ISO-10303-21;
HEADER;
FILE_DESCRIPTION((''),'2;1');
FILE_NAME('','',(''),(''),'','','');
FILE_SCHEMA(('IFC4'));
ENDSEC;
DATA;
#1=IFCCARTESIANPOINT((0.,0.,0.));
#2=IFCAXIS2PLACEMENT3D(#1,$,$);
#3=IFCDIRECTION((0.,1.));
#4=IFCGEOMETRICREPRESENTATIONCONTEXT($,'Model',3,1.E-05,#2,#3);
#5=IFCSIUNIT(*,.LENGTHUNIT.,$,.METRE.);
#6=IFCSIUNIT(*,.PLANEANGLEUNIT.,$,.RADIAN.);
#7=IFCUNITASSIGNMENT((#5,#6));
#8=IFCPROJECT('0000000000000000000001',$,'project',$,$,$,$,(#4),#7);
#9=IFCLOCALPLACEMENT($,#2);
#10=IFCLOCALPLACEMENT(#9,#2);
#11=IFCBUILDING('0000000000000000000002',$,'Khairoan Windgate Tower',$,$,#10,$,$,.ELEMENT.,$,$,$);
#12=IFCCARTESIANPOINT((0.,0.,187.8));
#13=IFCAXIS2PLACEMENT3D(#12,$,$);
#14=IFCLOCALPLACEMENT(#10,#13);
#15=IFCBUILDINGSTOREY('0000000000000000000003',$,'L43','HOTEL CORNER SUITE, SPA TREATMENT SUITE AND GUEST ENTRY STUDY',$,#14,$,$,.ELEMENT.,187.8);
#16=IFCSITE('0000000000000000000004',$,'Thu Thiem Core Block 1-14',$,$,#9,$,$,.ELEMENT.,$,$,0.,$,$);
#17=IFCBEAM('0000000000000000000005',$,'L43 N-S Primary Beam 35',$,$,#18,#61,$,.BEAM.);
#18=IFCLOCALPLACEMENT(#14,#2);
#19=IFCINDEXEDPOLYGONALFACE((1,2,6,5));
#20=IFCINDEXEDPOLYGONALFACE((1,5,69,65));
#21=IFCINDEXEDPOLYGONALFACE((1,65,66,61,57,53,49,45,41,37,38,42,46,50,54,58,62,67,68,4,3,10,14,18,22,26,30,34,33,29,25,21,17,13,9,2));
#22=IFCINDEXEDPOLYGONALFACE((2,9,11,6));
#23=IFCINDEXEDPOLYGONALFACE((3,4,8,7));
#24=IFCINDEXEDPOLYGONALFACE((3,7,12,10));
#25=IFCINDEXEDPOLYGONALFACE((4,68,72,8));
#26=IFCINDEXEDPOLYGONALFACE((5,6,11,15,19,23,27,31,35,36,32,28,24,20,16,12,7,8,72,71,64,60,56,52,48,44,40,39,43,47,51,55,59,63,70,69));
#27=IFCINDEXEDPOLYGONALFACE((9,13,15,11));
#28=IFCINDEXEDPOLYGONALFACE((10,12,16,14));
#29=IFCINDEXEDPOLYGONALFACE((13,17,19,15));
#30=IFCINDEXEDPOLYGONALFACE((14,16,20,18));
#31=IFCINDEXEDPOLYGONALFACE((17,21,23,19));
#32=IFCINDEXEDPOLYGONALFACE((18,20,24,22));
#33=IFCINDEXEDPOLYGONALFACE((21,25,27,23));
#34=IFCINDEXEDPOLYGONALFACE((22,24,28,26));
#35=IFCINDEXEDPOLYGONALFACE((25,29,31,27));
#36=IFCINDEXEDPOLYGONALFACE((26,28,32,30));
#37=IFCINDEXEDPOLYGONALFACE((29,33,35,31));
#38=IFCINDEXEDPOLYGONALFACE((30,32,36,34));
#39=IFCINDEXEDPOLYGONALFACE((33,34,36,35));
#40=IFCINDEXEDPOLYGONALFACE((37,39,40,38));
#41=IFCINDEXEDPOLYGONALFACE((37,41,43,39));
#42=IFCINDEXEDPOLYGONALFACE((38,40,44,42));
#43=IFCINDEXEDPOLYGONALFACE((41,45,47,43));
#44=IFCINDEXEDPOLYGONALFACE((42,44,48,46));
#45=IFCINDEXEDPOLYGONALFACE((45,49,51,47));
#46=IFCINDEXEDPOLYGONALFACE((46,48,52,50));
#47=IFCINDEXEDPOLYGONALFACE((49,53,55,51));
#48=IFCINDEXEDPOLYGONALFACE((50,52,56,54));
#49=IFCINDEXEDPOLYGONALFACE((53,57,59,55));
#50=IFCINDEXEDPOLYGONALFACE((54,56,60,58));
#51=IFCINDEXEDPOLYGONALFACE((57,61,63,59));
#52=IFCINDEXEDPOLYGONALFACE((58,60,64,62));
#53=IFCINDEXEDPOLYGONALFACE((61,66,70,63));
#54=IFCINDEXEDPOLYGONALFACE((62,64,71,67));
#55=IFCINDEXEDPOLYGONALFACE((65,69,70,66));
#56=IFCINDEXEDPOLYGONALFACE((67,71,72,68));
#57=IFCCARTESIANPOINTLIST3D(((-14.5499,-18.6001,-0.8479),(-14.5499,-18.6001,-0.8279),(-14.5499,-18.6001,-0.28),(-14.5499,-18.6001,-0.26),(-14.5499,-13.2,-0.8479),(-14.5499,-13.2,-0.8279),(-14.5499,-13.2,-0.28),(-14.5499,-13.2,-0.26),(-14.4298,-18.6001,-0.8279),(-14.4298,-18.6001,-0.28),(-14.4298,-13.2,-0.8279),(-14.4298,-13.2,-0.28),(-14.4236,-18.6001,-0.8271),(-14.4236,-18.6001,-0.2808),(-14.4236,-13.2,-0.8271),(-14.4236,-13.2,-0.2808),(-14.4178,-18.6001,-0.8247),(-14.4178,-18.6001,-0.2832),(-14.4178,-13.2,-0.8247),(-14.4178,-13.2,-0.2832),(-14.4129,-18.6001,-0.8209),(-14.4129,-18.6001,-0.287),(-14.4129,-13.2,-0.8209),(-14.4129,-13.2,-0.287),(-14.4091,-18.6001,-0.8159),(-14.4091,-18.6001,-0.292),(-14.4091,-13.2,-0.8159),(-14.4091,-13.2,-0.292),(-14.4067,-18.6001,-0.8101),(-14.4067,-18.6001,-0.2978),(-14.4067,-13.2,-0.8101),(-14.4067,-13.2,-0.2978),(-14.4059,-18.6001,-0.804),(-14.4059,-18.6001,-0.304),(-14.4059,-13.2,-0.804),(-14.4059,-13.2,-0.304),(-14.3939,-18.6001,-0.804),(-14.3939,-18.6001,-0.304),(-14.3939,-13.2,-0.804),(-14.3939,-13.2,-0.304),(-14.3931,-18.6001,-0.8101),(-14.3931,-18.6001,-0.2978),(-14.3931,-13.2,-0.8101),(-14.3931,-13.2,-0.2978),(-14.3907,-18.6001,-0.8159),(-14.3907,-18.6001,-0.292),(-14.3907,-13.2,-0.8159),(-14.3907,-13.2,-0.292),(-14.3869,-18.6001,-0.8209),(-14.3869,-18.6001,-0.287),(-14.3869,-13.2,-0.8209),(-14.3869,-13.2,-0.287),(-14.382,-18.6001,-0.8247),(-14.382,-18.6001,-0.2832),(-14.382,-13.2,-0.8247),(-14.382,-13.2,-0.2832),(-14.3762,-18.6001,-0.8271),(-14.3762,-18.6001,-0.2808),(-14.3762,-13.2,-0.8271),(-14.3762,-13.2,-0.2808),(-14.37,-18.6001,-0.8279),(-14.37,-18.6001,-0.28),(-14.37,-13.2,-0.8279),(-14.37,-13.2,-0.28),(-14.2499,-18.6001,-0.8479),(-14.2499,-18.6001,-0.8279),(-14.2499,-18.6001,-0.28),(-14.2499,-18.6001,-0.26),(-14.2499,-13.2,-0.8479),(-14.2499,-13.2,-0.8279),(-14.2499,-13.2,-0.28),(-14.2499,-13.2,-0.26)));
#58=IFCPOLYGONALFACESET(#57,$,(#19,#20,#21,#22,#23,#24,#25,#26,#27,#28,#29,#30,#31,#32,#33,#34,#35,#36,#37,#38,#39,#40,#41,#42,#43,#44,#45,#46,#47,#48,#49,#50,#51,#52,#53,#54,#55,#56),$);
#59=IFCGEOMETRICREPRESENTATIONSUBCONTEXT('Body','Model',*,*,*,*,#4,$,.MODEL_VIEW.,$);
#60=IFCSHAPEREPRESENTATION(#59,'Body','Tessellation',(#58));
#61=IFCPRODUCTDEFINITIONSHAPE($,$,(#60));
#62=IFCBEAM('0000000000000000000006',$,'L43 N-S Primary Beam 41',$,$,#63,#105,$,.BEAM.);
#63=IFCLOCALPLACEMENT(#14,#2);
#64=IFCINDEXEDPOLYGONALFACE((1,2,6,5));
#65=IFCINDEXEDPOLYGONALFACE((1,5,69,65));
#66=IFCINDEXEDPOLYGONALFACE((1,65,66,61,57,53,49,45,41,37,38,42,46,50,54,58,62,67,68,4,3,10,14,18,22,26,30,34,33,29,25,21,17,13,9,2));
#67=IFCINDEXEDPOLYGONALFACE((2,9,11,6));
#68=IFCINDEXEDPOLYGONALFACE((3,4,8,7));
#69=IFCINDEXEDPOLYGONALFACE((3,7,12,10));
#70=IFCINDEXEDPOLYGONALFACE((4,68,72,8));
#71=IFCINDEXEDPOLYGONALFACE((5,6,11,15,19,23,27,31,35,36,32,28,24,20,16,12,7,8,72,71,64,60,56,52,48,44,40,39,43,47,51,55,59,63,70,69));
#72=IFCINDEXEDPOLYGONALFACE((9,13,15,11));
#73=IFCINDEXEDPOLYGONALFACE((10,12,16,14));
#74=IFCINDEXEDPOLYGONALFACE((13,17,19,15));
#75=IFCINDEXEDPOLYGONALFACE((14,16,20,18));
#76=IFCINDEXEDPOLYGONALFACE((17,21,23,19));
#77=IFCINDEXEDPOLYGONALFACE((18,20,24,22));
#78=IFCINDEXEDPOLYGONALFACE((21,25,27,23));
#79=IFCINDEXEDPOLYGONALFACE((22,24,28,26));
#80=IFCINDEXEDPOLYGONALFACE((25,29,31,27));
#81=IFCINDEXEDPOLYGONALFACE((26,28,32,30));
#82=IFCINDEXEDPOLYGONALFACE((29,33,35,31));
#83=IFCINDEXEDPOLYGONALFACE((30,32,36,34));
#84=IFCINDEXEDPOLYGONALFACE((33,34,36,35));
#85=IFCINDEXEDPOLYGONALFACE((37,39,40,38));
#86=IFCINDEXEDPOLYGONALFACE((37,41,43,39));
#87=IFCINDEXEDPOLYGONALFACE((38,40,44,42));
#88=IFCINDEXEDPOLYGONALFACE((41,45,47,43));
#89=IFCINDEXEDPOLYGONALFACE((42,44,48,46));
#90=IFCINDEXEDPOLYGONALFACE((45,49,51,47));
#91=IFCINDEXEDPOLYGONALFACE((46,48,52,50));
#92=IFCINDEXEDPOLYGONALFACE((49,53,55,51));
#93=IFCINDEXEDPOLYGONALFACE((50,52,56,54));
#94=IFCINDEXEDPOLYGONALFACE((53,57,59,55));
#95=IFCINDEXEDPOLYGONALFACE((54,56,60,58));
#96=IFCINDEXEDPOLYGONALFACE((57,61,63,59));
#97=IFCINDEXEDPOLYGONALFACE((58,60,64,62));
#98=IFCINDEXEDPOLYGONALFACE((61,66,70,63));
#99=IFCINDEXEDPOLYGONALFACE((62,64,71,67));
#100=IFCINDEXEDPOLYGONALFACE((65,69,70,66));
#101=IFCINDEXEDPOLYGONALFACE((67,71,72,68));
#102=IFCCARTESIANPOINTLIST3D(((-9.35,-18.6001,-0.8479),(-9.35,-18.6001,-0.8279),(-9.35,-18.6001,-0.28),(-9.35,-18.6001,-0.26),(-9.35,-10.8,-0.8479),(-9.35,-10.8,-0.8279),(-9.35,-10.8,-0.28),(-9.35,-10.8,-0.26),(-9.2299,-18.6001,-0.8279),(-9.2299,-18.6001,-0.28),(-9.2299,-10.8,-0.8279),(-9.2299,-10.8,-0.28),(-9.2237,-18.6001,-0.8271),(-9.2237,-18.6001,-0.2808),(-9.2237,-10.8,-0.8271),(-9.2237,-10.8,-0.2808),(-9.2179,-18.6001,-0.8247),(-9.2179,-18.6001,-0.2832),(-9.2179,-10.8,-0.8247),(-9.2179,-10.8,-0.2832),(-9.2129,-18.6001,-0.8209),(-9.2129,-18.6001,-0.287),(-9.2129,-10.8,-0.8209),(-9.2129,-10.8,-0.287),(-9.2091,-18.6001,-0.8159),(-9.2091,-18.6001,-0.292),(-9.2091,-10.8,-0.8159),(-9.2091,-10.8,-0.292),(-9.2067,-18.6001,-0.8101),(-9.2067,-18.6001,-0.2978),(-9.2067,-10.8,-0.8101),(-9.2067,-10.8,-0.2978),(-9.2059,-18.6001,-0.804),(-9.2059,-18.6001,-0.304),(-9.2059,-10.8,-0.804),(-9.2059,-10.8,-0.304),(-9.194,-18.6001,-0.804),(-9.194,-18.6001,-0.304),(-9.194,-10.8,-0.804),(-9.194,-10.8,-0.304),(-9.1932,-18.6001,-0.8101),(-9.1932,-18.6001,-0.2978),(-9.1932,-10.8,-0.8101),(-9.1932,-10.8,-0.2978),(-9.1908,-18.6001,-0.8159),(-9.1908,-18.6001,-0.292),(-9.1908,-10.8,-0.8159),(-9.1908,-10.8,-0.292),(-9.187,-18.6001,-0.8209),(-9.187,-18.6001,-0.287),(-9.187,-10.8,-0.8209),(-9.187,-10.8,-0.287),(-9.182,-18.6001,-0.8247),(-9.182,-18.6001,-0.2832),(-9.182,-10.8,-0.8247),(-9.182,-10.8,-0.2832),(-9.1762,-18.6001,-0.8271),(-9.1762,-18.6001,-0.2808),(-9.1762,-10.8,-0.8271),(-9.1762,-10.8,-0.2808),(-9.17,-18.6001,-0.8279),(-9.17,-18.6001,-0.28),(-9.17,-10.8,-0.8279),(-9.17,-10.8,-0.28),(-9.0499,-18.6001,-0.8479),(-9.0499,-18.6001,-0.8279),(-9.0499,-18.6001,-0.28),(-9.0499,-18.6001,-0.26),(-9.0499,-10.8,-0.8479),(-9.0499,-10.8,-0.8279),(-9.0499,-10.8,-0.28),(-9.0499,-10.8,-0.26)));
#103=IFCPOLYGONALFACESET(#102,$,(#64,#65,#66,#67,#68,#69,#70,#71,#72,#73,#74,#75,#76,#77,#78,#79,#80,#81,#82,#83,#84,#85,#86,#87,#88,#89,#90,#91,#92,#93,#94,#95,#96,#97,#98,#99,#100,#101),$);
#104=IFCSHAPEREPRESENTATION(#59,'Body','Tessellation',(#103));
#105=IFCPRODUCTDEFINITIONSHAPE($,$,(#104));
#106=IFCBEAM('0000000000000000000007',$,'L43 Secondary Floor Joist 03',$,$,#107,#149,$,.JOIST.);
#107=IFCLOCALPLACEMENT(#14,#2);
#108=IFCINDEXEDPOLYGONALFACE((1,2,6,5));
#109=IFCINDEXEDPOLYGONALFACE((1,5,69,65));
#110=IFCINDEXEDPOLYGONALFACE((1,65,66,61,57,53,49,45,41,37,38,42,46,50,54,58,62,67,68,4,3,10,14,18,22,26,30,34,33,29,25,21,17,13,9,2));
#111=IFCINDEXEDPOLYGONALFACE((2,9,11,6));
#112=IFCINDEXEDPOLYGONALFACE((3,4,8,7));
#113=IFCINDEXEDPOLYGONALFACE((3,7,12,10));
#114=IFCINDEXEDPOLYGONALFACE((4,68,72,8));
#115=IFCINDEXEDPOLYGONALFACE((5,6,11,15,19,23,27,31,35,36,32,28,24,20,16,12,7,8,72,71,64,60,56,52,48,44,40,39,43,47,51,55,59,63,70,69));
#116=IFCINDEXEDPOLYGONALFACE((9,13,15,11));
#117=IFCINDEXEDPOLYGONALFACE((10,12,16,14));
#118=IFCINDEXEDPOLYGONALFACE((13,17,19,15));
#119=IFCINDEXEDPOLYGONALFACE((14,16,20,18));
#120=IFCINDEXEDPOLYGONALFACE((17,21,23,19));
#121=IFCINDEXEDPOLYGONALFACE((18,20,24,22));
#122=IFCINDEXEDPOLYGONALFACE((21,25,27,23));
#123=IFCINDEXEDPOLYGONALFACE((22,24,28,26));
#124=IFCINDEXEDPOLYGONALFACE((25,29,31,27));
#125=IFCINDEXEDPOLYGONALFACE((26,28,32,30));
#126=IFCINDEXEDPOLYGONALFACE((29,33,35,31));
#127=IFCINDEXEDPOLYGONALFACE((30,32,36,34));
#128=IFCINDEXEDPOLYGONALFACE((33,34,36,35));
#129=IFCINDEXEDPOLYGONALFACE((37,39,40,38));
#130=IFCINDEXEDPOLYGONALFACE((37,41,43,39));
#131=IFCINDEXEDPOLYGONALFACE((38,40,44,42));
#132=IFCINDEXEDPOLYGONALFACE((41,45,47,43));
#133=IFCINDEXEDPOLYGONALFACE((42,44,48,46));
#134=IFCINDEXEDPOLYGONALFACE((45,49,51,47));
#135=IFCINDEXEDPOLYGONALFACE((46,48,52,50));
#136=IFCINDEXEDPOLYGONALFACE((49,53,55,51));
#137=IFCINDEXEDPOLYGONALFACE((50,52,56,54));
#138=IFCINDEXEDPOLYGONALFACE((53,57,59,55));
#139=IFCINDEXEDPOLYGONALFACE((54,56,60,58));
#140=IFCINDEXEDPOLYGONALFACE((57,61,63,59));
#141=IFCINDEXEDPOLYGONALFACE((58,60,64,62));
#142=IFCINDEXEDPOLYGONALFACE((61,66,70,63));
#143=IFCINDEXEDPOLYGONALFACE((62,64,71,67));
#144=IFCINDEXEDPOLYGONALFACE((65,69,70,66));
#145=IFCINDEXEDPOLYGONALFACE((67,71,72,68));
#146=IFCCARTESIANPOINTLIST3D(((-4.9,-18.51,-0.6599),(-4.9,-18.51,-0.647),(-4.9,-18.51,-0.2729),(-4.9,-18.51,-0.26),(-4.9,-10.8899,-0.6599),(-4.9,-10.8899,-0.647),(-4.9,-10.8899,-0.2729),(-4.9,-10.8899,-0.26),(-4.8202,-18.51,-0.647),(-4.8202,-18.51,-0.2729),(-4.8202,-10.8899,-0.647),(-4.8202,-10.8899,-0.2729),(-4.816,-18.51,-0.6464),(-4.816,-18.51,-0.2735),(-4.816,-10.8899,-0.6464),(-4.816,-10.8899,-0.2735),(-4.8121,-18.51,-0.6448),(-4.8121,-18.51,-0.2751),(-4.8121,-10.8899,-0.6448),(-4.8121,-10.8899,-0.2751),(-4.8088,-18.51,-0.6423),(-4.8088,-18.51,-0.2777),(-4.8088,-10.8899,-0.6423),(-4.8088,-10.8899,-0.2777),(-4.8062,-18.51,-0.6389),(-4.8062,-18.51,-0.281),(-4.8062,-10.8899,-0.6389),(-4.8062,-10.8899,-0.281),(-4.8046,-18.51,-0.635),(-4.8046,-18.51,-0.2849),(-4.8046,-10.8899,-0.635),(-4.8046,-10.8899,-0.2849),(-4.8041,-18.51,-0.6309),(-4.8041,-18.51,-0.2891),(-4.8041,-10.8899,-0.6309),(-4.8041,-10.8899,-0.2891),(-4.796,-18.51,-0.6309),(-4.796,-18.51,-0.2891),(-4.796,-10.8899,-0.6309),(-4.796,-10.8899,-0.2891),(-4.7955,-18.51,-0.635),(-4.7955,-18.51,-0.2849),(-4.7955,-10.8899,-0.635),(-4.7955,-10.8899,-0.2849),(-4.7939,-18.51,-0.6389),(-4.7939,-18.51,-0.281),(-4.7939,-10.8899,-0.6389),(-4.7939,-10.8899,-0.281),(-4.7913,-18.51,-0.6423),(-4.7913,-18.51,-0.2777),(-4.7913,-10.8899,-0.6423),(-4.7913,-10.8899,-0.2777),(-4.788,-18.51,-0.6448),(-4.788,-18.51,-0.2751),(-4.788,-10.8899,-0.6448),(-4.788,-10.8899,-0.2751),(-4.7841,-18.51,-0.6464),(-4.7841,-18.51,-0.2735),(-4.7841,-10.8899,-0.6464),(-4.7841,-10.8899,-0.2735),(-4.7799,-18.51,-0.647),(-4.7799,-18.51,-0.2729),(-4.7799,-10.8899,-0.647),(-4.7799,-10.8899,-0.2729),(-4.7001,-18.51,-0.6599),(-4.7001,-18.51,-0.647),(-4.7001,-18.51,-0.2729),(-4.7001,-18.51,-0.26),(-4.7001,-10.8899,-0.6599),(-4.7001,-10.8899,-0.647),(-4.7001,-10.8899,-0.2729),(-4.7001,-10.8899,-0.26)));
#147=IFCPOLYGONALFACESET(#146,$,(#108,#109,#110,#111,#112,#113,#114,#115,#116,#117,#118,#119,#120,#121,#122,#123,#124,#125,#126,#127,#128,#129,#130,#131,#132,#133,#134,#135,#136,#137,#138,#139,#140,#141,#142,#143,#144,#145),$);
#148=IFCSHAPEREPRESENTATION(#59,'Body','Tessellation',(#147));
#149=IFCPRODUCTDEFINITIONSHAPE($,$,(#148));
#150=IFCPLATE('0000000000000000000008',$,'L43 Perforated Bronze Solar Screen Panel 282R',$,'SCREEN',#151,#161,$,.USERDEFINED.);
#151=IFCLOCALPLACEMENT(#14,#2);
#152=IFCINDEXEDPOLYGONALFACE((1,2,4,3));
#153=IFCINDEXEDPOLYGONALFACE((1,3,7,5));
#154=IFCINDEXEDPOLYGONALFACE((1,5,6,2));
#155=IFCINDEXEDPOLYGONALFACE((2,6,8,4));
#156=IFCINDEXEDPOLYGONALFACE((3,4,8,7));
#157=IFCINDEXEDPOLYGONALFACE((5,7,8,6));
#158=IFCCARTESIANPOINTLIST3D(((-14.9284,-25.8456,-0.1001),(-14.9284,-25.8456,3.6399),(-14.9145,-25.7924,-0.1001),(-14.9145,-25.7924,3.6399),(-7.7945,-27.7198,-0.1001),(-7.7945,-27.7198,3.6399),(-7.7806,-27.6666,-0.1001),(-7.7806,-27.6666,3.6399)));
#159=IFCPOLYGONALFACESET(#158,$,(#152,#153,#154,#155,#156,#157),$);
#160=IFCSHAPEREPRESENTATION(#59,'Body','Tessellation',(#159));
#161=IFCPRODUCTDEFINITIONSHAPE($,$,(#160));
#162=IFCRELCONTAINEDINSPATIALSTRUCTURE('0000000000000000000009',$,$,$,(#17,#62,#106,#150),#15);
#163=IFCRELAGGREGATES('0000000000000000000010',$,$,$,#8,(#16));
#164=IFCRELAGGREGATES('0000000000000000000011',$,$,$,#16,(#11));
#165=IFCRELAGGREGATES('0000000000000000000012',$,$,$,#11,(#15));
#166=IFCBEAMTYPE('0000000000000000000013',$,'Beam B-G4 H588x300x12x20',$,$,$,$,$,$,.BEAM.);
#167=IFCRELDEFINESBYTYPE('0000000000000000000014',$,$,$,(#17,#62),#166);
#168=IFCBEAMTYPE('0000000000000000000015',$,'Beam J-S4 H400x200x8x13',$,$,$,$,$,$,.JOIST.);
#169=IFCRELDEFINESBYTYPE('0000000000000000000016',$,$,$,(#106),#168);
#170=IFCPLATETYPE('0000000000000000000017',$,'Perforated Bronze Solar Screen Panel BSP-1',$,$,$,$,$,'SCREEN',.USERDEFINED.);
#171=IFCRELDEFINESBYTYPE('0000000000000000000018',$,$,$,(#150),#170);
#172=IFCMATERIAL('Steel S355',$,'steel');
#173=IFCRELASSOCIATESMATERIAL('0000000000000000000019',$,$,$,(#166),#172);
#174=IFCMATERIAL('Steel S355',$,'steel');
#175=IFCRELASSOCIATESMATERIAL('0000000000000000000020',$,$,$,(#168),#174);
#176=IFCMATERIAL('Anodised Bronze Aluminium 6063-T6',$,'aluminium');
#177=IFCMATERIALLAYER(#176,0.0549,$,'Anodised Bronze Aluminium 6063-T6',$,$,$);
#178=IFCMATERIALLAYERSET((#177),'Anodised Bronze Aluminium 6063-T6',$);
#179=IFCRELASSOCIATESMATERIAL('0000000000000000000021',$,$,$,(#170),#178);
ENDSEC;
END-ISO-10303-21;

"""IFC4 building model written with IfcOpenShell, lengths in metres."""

from ifc_helpers import new_model, si_unit, direction, frame, origin, origin_2d, place, context, subcontext, project, spatial, rectangle, i_section, extrude, material, layer, layer_set, material_profile, profile_set, type_object, element, save


model = new_model("IFC4")

# Units and contexts
model_context = context("Model", 3, precision=1e-05, world=origin(), true_north=direction((0.0, 1.0)))
body_context = subcontext(model_context, "Body", "Model", "MODEL_VIEW")
ifc_project = project(units=[si_unit("LENGTHUNIT", "METRE"), si_unit("PLANEANGLEUNIT", "RADIAN")], contexts=[model_context])

# Site, building, storey
site_placement = place(None, origin())
site = spatial("IfcSite", under=ifc_project, at=site_placement, Name="Thu Thiem Core Block 1-14", CompositionType="ELEMENT", RefElevation=0.0)
building_placement = place(site_placement, origin())
building = spatial("IfcBuilding", under=site, at=building_placement, Name="Khairoan Windgate Tower", CompositionType="ELEMENT")
storey_placement = place(building_placement, frame((0.0, 0.0, 187.8)))
storey = spatial("IfcBuildingStorey", under=building, at=storey_placement, Name="L43", Description="HOTEL CORNER SUITE, SPA TREATMENT SUITE AND GUEST ENTRY STUDY", CompositionType="ELEMENT", Elevation=187.8)

# Beams
ifc_material_1 = material(Name="Steel S355", Category="steel")
ifc_material_profile_1 = material_profile(ifc_material_1, i_section(OverallWidth=0.3, OverallDepth=0.5879, WebThickness=0.012, FlangeThickness=0.02, FilletRadius=0.0239, at=origin_2d()))
ifc_profile_set_1 = profile_set([ifc_material_profile_1], Name="Steel S355")
beam_type_1 = type_object("IfcBeamType", Name="Beam B-G4 H588x300x12x20", PredefinedType="BEAM", material=ifc_profile_set_1)
beam_1_placement = place(storey_placement, frame((-14.3999, -18.6001, -0.554), z_axis=(0.0, 1.0, 0.0), x_axis=(-1.0, 0.0, 0.0)))
element("IfcBeam", 1, at=beam_1_placement, inside=storey, type_object=beam_type_1, Name="L43 N-S Primary Beam 35", PredefinedType="BEAM", context=body_context, shape_type="SweptSolid", body=[
    extrude(i_section(OverallWidth=0.3, OverallDepth=0.5879, WebThickness=0.012, FlangeThickness=0.02, FilletRadius=0.0239, at=origin_2d()), origin(), (0.0, 0.0, 1.0), 5.4001),
])
beam_2_placement = place(storey_placement, frame((-9.2, -18.6001, -0.554), z_axis=(0.0, 1.0, 0.0), x_axis=(-1.0, 0.0, 0.0)))
element("IfcBeam", 2, at=beam_2_placement, inside=storey, type_object=beam_type_1, Name="L43 N-S Primary Beam 41", PredefinedType="BEAM", context=body_context, shape_type="SweptSolid", body=[
    extrude(i_section(OverallWidth=0.3, OverallDepth=0.5879, WebThickness=0.012, FlangeThickness=0.02, FilletRadius=0.0239, at=origin_2d()), origin(), (0.0, 0.0, 1.0), 7.8),
])
ifc_material_2 = material(Name="Steel S355", Category="steel")
ifc_material_profile_2 = material_profile(ifc_material_2, i_section(OverallWidth=0.2, OverallDepth=0.3999, WebThickness=0.0081, FlangeThickness=0.0129, FilletRadius=0.0161, at=origin_2d()))
ifc_profile_set_2 = profile_set([ifc_material_profile_2], Name="Steel S355")
beam_type_2 = type_object("IfcBeamType", Name="Beam J-S4 H400x200x8x13", PredefinedType="JOIST", material=ifc_profile_set_2)
beam_3_placement = place(storey_placement, frame((-4.8, -18.51, -0.46), z_axis=(0.0, 1.0, 0.0), x_axis=(-1.0, 0.0, 0.0)))
element("IfcBeam", 3, at=beam_3_placement, inside=storey, type_object=beam_type_2, Name="L43 Secondary Floor Joist 03", PredefinedType="JOIST", context=body_context, shape_type="SweptSolid", body=[
    extrude(i_section(OverallWidth=0.2, OverallDepth=0.3999, WebThickness=0.0081, FlangeThickness=0.0129, FilletRadius=0.0161, at=origin_2d()), origin(), (0.0, 0.0, 1.0), 7.6201),
])

# Plate
ifc_material_3 = material(Name="Anodised Bronze Aluminium 6063-T6", Category="aluminium")
ifc_layer_1 = layer(ifc_material_3, 0.0549, Name="Anodised Bronze Aluminium 6063-T6")
ifc_layer_set_1 = layer_set([ifc_layer_1], Name="Anodised Bronze Aluminium 6063-T6")
plate_type = type_object("IfcPlateType", Name="Perforated Bronze Solar Screen Panel BSP-1", ElementType="SCREEN", PredefinedType="USERDEFINED", material=ifc_layer_set_1)
plate_placement = place(storey_placement, frame((-11.3545, -26.7561, -0.1001), z_axis=(0.0, 0.0, 1.0), x_axis=(-0.967179, 0.254096, 0.0)))
element("IfcPlate", 4, at=plate_placement, inside=storey, type_object=plate_type, Name="L43 Perforated Bronze Solar Screen Panel 282R", ObjectType="SCREEN", PredefinedType="USERDEFINED", context=body_context, shape_type="SweptSolid", body=[
    extrude(rectangle(XDim=7.376, YDim=0.0549, at=origin_2d()), origin(), (0.0, 0.0, 1.0), 3.74),
])

save(model, "model.ifc")
